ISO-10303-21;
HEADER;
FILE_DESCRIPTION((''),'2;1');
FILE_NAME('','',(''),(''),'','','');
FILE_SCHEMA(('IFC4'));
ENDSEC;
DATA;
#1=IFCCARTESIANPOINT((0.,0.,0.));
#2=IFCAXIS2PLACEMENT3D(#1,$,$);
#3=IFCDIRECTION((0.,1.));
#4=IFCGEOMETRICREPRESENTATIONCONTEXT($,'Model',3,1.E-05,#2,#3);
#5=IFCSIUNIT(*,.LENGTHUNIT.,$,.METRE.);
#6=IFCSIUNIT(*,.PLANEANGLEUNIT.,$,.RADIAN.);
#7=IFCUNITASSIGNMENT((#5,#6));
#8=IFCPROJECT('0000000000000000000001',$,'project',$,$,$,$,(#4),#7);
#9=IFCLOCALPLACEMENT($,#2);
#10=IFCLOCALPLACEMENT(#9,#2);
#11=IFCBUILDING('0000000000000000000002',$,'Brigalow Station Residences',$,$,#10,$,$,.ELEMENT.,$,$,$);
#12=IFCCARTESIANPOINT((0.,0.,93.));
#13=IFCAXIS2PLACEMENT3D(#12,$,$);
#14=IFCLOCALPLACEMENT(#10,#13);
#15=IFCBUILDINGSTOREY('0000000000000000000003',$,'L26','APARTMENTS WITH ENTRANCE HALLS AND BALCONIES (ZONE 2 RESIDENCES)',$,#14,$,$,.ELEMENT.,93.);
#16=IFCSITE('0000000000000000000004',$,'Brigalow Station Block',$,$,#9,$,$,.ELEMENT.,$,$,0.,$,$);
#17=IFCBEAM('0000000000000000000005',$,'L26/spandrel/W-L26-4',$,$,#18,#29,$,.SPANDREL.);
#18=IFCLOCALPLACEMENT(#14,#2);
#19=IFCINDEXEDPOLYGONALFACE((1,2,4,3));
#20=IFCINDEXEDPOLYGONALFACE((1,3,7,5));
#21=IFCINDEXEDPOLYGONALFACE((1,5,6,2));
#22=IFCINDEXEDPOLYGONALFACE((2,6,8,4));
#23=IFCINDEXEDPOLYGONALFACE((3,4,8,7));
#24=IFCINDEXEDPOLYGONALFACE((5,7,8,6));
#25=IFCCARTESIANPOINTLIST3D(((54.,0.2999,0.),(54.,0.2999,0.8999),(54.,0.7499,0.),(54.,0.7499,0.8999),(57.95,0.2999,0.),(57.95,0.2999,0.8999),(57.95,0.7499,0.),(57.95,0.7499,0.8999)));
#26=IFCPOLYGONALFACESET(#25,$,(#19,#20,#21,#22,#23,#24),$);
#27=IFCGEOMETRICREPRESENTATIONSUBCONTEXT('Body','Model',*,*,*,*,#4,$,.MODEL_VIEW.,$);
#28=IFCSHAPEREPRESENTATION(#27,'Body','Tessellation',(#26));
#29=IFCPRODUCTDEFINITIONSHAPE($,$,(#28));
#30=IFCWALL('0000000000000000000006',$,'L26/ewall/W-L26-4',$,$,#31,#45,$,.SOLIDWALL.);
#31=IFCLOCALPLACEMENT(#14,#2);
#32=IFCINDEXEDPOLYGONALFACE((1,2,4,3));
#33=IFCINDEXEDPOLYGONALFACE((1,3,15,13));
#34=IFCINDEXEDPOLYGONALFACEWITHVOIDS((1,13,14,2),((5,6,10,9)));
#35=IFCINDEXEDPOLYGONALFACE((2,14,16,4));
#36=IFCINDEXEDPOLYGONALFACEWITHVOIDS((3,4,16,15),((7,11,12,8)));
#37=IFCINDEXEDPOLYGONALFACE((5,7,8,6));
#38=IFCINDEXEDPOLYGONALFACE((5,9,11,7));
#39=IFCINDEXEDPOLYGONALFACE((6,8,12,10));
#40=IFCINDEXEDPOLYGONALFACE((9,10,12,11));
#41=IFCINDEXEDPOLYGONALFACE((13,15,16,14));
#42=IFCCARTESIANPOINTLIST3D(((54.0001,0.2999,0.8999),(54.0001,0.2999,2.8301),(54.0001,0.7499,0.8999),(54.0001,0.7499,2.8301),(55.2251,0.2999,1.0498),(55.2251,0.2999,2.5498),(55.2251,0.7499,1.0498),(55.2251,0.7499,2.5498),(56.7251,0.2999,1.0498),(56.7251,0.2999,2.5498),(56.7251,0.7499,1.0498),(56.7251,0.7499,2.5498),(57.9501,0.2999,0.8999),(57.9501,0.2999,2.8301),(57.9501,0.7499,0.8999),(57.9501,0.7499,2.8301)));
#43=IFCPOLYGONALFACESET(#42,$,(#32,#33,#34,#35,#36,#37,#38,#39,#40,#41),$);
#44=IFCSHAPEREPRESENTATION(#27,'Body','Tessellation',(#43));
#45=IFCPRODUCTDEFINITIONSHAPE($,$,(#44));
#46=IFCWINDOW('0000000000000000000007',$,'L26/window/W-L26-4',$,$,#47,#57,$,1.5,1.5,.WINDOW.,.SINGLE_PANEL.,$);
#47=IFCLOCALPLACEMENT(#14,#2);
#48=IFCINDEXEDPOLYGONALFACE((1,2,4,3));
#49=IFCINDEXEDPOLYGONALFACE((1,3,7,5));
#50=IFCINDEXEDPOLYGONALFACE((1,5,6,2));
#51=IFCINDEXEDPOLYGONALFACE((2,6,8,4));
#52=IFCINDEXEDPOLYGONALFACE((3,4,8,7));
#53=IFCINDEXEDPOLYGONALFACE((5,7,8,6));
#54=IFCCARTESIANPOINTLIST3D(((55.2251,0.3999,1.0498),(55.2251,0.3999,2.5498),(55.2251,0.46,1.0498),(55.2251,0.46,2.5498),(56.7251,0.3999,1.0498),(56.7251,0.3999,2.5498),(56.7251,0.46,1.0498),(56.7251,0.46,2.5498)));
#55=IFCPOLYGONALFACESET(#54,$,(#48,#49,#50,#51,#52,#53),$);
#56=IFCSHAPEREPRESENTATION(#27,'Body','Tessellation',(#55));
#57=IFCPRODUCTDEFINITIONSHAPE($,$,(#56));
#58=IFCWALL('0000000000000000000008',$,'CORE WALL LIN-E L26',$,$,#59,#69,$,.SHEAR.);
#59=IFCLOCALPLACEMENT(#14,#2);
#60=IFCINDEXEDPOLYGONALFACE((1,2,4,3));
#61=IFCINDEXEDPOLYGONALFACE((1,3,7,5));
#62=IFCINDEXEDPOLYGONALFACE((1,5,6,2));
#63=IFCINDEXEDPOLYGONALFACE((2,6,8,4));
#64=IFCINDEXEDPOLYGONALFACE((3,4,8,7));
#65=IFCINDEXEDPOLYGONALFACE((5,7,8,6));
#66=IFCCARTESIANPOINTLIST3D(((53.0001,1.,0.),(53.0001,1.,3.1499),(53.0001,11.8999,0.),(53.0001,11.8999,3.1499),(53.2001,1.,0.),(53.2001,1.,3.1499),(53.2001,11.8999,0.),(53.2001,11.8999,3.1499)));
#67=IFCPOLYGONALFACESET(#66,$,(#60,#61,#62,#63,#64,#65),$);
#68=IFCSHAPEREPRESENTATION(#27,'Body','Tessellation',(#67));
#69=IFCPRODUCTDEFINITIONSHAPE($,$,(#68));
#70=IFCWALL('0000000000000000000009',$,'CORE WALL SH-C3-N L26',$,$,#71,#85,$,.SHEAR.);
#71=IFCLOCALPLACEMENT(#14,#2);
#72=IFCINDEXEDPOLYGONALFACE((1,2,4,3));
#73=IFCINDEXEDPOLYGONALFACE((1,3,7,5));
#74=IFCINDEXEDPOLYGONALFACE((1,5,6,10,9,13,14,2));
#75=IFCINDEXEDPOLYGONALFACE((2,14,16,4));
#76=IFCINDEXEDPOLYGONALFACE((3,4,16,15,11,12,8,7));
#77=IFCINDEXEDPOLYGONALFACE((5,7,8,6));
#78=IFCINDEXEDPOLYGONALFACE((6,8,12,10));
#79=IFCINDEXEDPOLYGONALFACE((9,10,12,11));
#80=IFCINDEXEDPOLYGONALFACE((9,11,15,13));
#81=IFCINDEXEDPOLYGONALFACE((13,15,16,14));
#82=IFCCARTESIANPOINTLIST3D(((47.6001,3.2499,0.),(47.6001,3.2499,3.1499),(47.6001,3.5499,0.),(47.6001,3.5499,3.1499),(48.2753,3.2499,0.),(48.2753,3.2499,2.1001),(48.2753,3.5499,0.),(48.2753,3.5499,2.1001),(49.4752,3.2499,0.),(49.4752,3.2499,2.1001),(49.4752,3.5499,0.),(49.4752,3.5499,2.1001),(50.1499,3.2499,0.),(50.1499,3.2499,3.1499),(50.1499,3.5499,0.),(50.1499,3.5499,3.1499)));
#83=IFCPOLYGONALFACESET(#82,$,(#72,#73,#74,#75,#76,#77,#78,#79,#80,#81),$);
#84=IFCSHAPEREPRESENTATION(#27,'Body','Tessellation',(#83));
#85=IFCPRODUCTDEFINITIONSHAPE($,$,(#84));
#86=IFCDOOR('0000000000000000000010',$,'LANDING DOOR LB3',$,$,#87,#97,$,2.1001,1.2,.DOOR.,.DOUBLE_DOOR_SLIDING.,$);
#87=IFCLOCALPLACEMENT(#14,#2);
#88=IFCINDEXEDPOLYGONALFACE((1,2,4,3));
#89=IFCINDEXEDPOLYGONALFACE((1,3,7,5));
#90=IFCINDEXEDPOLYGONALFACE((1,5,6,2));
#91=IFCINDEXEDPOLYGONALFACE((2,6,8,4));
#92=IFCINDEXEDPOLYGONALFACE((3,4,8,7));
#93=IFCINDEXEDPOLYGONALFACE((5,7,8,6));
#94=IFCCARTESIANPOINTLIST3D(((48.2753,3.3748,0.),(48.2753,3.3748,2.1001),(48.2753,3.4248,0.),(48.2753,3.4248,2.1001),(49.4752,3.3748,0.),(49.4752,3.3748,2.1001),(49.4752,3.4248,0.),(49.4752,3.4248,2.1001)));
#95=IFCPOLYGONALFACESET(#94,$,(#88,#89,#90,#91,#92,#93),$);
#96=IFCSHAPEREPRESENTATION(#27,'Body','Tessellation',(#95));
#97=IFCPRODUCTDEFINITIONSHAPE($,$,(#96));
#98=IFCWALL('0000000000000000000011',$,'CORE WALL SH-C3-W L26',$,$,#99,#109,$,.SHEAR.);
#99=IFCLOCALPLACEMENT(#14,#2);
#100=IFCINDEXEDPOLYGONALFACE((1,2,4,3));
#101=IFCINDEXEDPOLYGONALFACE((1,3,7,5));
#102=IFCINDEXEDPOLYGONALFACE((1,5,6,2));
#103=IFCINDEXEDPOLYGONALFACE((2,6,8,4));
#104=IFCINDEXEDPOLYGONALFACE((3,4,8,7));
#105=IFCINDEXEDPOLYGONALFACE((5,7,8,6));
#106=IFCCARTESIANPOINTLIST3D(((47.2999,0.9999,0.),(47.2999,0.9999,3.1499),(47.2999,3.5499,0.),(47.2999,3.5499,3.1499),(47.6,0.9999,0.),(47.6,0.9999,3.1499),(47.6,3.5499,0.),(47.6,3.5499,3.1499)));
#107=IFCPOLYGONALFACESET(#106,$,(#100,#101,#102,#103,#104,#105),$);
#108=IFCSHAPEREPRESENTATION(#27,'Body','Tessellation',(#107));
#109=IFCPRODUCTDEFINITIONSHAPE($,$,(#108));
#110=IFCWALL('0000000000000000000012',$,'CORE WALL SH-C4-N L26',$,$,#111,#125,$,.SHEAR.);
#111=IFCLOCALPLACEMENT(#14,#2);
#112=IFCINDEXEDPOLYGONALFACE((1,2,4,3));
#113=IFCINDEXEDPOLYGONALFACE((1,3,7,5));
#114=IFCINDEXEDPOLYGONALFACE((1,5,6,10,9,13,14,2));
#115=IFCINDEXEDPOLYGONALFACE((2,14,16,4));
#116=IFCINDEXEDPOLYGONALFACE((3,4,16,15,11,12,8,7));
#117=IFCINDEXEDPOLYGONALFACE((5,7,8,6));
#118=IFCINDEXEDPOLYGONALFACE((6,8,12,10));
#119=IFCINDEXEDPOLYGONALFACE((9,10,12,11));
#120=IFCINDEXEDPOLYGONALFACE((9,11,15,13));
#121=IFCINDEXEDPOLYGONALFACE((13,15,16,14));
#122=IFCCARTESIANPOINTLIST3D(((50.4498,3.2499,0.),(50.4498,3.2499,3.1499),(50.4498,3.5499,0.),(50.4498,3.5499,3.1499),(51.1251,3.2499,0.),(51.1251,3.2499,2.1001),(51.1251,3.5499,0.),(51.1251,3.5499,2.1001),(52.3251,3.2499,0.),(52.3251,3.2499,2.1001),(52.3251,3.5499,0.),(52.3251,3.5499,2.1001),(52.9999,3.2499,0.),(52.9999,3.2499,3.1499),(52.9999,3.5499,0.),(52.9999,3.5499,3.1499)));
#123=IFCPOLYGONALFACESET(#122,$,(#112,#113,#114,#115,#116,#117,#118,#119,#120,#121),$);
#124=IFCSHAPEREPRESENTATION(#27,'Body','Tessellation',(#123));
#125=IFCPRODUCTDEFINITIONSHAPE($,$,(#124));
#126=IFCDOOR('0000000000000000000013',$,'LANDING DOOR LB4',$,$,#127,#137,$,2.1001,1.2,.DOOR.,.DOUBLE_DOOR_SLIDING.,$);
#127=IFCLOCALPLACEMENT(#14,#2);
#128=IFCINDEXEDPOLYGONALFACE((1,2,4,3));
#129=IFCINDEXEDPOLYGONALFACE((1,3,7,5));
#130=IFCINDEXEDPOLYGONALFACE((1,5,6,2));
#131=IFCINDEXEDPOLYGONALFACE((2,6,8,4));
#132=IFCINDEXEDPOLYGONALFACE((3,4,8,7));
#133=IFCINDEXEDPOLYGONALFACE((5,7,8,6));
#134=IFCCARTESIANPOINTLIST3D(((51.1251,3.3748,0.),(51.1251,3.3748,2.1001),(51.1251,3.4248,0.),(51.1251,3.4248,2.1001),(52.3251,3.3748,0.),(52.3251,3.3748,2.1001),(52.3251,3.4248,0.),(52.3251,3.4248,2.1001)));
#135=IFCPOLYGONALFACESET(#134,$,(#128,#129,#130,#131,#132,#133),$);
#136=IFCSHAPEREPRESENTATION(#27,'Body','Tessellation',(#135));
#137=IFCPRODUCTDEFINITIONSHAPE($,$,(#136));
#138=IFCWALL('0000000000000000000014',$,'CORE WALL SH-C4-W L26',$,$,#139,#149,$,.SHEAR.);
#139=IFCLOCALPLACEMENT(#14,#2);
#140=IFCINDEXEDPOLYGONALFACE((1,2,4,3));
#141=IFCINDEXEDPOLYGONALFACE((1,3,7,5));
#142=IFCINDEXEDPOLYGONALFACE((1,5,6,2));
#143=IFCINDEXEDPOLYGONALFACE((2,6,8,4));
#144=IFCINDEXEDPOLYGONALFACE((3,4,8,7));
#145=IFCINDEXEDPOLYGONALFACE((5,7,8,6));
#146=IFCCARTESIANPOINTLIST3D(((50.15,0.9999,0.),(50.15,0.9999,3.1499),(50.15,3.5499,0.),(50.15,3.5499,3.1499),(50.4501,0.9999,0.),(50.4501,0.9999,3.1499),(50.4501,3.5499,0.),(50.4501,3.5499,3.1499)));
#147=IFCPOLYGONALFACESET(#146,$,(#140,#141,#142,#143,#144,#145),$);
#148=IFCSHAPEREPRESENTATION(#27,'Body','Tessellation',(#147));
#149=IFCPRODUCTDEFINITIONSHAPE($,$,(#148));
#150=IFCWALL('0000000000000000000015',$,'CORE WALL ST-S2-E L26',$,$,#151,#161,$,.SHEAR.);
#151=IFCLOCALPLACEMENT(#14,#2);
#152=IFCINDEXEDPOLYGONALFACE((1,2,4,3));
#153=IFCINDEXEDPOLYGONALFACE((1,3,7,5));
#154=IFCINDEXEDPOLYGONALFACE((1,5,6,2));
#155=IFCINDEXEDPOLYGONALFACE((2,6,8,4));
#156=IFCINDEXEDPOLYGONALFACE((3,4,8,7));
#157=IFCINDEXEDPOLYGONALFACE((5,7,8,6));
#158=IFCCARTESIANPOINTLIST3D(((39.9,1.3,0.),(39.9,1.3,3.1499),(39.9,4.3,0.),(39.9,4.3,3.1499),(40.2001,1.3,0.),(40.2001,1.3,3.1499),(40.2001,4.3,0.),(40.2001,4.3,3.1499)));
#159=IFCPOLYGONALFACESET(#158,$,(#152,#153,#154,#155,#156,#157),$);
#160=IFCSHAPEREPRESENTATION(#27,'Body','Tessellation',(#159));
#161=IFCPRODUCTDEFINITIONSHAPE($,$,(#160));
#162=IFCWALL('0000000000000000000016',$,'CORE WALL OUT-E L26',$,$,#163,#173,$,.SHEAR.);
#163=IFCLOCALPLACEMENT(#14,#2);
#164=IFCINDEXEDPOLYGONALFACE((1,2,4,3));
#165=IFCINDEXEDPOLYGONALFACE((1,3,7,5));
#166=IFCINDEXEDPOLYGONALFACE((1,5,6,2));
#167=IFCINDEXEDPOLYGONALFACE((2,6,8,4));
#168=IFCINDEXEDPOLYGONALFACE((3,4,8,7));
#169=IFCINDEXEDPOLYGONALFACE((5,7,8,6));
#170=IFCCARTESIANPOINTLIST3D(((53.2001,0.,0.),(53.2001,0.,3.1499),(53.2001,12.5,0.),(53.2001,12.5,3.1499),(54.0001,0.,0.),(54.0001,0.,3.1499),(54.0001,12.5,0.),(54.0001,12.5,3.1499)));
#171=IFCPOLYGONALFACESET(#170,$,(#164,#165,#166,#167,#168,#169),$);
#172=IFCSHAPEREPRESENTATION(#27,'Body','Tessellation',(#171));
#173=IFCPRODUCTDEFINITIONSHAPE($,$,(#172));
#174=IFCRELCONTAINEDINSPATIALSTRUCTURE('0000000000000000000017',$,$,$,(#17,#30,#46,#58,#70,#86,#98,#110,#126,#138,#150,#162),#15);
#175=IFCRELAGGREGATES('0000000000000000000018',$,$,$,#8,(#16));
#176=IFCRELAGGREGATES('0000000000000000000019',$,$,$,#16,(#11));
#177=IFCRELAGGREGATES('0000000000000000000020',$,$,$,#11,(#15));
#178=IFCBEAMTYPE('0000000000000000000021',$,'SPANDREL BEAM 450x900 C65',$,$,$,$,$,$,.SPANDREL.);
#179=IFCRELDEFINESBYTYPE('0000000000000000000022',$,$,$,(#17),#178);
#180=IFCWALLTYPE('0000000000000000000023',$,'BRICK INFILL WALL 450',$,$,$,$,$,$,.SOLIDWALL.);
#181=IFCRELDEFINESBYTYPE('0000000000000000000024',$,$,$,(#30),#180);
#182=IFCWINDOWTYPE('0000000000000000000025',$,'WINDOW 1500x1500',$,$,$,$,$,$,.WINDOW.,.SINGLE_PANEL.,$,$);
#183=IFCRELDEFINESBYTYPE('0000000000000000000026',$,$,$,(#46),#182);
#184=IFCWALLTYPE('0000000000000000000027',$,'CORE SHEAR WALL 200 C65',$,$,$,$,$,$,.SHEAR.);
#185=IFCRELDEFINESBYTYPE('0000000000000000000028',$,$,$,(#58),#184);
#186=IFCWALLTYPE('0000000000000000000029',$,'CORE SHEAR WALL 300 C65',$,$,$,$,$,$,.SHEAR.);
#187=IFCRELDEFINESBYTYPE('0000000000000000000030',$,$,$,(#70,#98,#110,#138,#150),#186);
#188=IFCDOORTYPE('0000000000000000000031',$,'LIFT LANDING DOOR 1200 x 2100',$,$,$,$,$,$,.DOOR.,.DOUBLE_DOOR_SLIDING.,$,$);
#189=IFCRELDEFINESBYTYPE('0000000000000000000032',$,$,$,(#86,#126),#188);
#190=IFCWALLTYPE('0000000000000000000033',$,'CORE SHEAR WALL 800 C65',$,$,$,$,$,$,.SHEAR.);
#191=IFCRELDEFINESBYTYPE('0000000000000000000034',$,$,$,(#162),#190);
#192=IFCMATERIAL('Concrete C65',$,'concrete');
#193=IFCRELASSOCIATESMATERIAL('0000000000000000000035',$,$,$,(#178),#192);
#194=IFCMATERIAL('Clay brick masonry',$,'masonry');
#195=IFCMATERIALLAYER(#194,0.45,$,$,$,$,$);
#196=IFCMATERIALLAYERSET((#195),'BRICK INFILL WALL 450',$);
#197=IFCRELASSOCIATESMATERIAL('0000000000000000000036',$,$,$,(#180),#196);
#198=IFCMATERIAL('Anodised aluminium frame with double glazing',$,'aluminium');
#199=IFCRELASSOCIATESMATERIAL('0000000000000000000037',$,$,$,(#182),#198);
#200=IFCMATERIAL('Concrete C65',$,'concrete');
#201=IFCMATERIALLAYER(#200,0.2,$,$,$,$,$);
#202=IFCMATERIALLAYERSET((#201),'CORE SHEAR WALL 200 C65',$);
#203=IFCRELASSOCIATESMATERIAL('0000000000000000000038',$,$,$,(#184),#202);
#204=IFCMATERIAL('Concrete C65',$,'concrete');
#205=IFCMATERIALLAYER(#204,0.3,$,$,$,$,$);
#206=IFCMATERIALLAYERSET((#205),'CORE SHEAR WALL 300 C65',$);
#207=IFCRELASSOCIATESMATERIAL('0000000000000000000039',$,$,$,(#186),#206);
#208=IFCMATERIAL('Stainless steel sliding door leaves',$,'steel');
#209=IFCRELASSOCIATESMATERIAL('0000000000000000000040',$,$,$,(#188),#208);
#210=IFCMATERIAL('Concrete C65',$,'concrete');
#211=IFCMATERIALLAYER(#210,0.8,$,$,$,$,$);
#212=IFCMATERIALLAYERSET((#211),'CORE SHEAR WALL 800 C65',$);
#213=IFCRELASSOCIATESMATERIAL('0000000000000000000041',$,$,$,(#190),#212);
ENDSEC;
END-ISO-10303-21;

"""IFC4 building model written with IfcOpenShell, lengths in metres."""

from ifc_helpers import new_model, si_unit, direction, frame, frame_2d, origin, origin_2d, place, context, subcontext, project, spatial, rectangle, extrude, material, layer, layer_set, material_profile, profile_set, type_object, element, fill, save


model = new_model("IFC4")

# Units and contexts
model_context = context("Model", 3, precision=1e-05, world=origin(), true_north=direction((0.0, 1.0)))
body_context = subcontext(model_context, "Body", "Model", "MODEL_VIEW")
ifc_project = project(units=[si_unit("LENGTHUNIT", "METRE"), si_unit("PLANEANGLEUNIT", "RADIAN")], contexts=[model_context])

# Site, building, storey
site_placement = place(None, origin())
site = spatial("IfcSite", under=ifc_project, at=site_placement, Name="Brigalow Station Block", CompositionType="ELEMENT", RefElevation=0.0)
building_placement = place(site_placement, origin())
building = spatial("IfcBuilding", under=site, at=building_placement, Name="Brigalow Station Residences", CompositionType="ELEMENT")
storey_placement = place(building_placement, frame((0.0, 0.0, 93.0)))
storey = spatial("IfcBuildingStorey", under=building, at=storey_placement, Name="L26", Description="APARTMENTS WITH ENTRANCE HALLS AND BALCONIES (ZONE 2 RESIDENCES)", CompositionType="ELEMENT", Elevation=93.0)

# Beam
ifc_material_1 = material(Name="Concrete C65", Category="concrete")
ifc_material_profile = material_profile(ifc_material_1, rectangle(XDim=0.45, YDim=0.8999, at=origin_2d()), Name="RC450x900")
ifc_profile_set = profile_set([ifc_material_profile], Name="Concrete C65")
beam_type = type_object("IfcBeamType", Name="SPANDREL BEAM 450x900 C65", PredefinedType="SPANDREL", material=ifc_profile_set)
beam_placement = place(storey_placement, frame((54.0, 0.5249, 0.45), z_axis=(1.0, 0.0, 0.0), x_axis=(0.0, 1.0, 0.0)))
element("IfcBeam", 1, at=beam_placement, inside=storey, type_object=beam_type, Name="L26/spandrel/W-L26-4", PredefinedType="SPANDREL", context=body_context, shape_type="SweptSolid", body=[
    extrude(rectangle(XDim=0.45, YDim=0.8999, at=origin_2d()), origin(), (0.0, 0.0, 1.0), 3.95),
])

# Wall, opening, window
ifc_material_2 = material(Name="Clay brick masonry", Category="masonry")
ifc_layer_1 = layer(ifc_material_2, 0.45)
ifc_layer_set_1 = layer_set([ifc_layer_1], Name="BRICK INFILL WALL 450")
wall_type_1 = type_object("IfcWallType", Name="BRICK INFILL WALL 450", PredefinedType="SOLIDWALL", material=ifc_layer_set_1)
wall_1_placement = place(storey_placement, frame((54.0, 0.5249, 0.8999), z_axis=(0.0, 0.0, 1.0), x_axis=(1.0, 0.0, 0.0)))
wall_1 = element("IfcWall", 2, at=wall_1_placement, inside=storey, type_object=wall_type_1, Name="L26/ewall/W-L26-4", PredefinedType="SOLIDWALL", context=body_context, shape_type="SweptSolid", body=[
    extrude(rectangle(XDim=3.95, YDim=0.45, at=frame_2d((1.9751, 0.0))), origin(), (0.0, 0.0, 1.0), 1.9302),
])
opening_1_placement = place(wall_1_placement, frame((1.2251, 0.0, 0.1499)))
opening_1 = element("IfcOpeningElement", 3, at=opening_1_placement, cuts=wall_1, PredefinedType="OPENING", context=body_context, shape_type="SweptSolid", body=[
    extrude(rectangle(XDim=1.5, YDim=1.5, at=frame_2d((0.75, 0.75))), frame((0.0, 0.2349, 0.0), z_axis=(0.0, -1.0, 0.0), x_axis=(1.0, 0.0, 0.0)), (0.0, 0.0, 1.0), 0.47),
])
ifc_material_3 = material(Name="Anodised aluminium frame with double glazing", Category="aluminium")
window_type = type_object("IfcWindowType", Name="WINDOW 1500x1500", PartitioningType="SINGLE_PANEL", PredefinedType="WINDOW", material=ifc_material_3)
window_placement = place(opening_1_placement, origin())
window = element("IfcWindow", 4, at=window_placement, inside=storey, type_object=window_type, Name="L26/window/W-L26-4", OverallHeight=1.5, OverallWidth=1.5, PartitioningType="SINGLE_PANEL", PredefinedType="WINDOW", context=body_context, shape_type="SweptSolid", body=[
    extrude(rectangle(XDim=1.5, YDim=1.5, at=frame_2d((0.75, 0.75))), frame((0.0, -0.0649, 0.0), z_axis=(0.0, -1.0, 0.0), x_axis=(1.0, 0.0, 0.0)), (0.0, 0.0, 1.0), 0.0601),
])
fill(opening_1, window)

# Wall
ifc_material_4 = material(Name="Concrete C65", Category="concrete")
ifc_layer_2 = layer(ifc_material_4, 0.2)
ifc_layer_set_2 = layer_set([ifc_layer_2], Name="CORE SHEAR WALL 200 C65")
wall_type_2 = type_object("IfcWallType", Name="CORE SHEAR WALL 200 C65", PredefinedType="SHEAR", material=ifc_layer_set_2)
wall_2_placement = place(storey_placement, frame((53.1001, 1.0, 0.0), z_axis=(0.0, 0.0, 1.0), x_axis=(0.0, 1.0, 0.0)))
element("IfcWall", 5, at=wall_2_placement, inside=storey, type_object=wall_type_2, Name="CORE WALL LIN-E L26", PredefinedType="SHEAR", context=body_context, shape_type="SweptSolid", body=[
    extrude(rectangle(XDim=10.8999, YDim=0.2, at=frame_2d((5.45, 0.0))), origin(), (0.0, 0.0, 1.0), 3.1499),
])

# Wall, opening, door
ifc_material_5 = material(Name="Concrete C65", Category="concrete")
ifc_layer_3 = layer(ifc_material_5, 0.3)
ifc_layer_set_3 = layer_set([ifc_layer_3], Name="CORE SHEAR WALL 300 C65")
wall_type_3 = type_object("IfcWallType", Name="CORE SHEAR WALL 300 C65", PredefinedType="SHEAR", material=ifc_layer_set_3)
wall_3_placement = place(storey_placement, frame((47.6001, 3.3999, 0.0), z_axis=(0.0, 0.0, 1.0), x_axis=(1.0, 0.0, 0.0)))
wall_3 = element("IfcWall", 6, at=wall_3_placement, inside=storey, type_object=wall_type_3, Name="CORE WALL SH-C3-N L26", PredefinedType="SHEAR", context=body_context, shape_type="SweptSolid", body=[
    extrude(rectangle(XDim=2.5498, YDim=0.3, at=frame_2d((1.2749, 0.0))), origin(), (0.0, 0.0, 1.0), 3.1499),
])
opening_2_placement = place(wall_3_placement, frame((0.675, 0.0, 0.0)))
opening_2 = element("IfcOpeningElement", 7, at=opening_2_placement, cuts=wall_3, PredefinedType="OPENING", context=body_context, shape_type="SweptSolid", body=[
    extrude(rectangle(XDim=1.2, YDim=2.1001, at=frame_2d((0.6001, 1.05))), frame((0.0, 0.1602, 0.0), z_axis=(0.0, -1.0, 0.0), x_axis=(1.0, 0.0, 0.0)), (0.0, 0.0, 1.0), 0.3201),
])
ifc_material_6 = material(Name="Stainless steel sliding door leaves", Category="steel")
door_type_1 = type_object("IfcDoorType", Name="LIFT LANDING DOOR 1200 x 2100", OperationType="DOUBLE_DOOR_SLIDING", PredefinedType="DOOR", material=ifc_material_6)
door_1_placement = place(opening_2_placement, origin())
door_1 = element("IfcDoor", 8, at=door_1_placement, inside=storey, type_object=door_type_1, Name="LANDING DOOR LB3", OperationType="DOUBLE_DOOR_SLIDING", OverallHeight=2.1001, OverallWidth=1.2, PredefinedType="DOOR", context=body_context, shape_type="SweptSolid", body=[
    extrude(rectangle(XDim=1.2, YDim=2.1001, at=frame_2d((0.6001, 1.05))), frame((0.0, 0.0249, 0.0), z_axis=(0.0, -1.0, 0.0), x_axis=(1.0, 0.0, 0.0)), (0.0, 0.0, 1.0), 0.05),
])
fill(opening_2, door_1)

# Wall
wall_4_placement = place(storey_placement, frame((47.45, 1.0, 0.0), z_axis=(0.0, 0.0, 1.0), x_axis=(0.0, 1.0, 0.0)))
element("IfcWall", 9, at=wall_4_placement, inside=storey, type_object=wall_type_3, Name="CORE WALL SH-C3-W L26", PredefinedType="SHEAR", context=body_context, shape_type="SweptSolid", body=[
    extrude(rectangle(XDim=2.55, YDim=0.3, at=frame_2d((1.2749, 0.0))), origin(), (0.0, 0.0, 1.0), 3.1499),
])

# Wall, opening, door
wall_5_placement = place(storey_placement, frame((50.45, 3.3999, 0.0), z_axis=(0.0, 0.0, 1.0), x_axis=(1.0, 0.0, 0.0)))
wall_5 = element("IfcWall", 10, at=wall_5_placement, inside=storey, type_object=wall_type_3, Name="CORE WALL SH-C4-N L26", PredefinedType="SHEAR", context=body_context, shape_type="SweptSolid", body=[
    extrude(rectangle(XDim=2.55, YDim=0.3, at=frame_2d((1.2749, 0.0))), origin(), (0.0, 0.0, 1.0), 3.1499),
])
opening_3_placement = place(wall_5_placement, frame((0.675, 0.0, 0.0)))
opening_3 = element("IfcOpeningElement", 11, at=opening_3_placement, cuts=wall_5, PredefinedType="OPENING", context=body_context, shape_type="SweptSolid", body=[
    extrude(rectangle(XDim=1.2, YDim=2.1001, at=frame_2d((0.6001, 1.05))), frame((0.0, 0.1602, 0.0), z_axis=(0.0, -1.0, 0.0), x_axis=(1.0, 0.0, 0.0)), (0.0, 0.0, 1.0), 0.3201),
])
door_2_placement = place(opening_3_placement, origin())
door_2 = element("IfcDoor", 12, at=door_2_placement, inside=storey, type_object=door_type_1, Name="LANDING DOOR LB4", OperationType="DOUBLE_DOOR_SLIDING", OverallHeight=2.1001, OverallWidth=1.2, PredefinedType="DOOR", context=body_context, shape_type="SweptSolid", body=[
    extrude(rectangle(XDim=1.2, YDim=2.1001, at=frame_2d((0.6001, 1.05))), frame((0.0, 0.0249, 0.0), z_axis=(0.0, -1.0, 0.0), x_axis=(1.0, 0.0, 0.0)), (0.0, 0.0, 1.0), 0.05),
])
fill(opening_3, door_2)

# Walls
wall_6_placement = place(storey_placement, frame((50.3, 1.0, 0.0), z_axis=(0.0, 0.0, 1.0), x_axis=(0.0, 1.0, 0.0)))
element("IfcWall", 13, at=wall_6_placement, inside=storey, type_object=wall_type_3, Name="CORE WALL SH-C4-W L26", PredefinedType="SHEAR", context=body_context, shape_type="SweptSolid", body=[
    extrude(rectangle(XDim=2.55, YDim=0.3, at=frame_2d((1.2749, 0.0))), origin(), (0.0, 0.0, 1.0), 3.1499),
])
wall_7_placement = place(storey_placement, frame((40.05, 1.3, 0.0), z_axis=(0.0, 0.0, 1.0), x_axis=(0.0, 1.0, 0.0)))
element("IfcWall", 14, at=wall_7_placement, inside=storey, type_object=wall_type_3, Name="CORE WALL ST-S2-E L26", PredefinedType="SHEAR", context=body_context, shape_type="SweptSolid", body=[
    extrude(rectangle(XDim=3.0, YDim=0.3, at=frame_2d((1.5, 0.0))), origin(), (0.0, 0.0, 1.0), 3.1499),
])
ifc_material_7 = material(Name="Concrete C65", Category="concrete")
ifc_layer_4 = layer(ifc_material_7, 0.8)
ifc_layer_set_4 = layer_set([ifc_layer_4], Name="CORE SHEAR WALL 800 C65")
wall_type_4 = type_object("IfcWallType", Name="CORE SHEAR WALL 800 C65", PredefinedType="SHEAR", material=ifc_layer_set_4)
wall_8_placement = place(storey_placement, frame((53.6001, 0.0, 0.0), z_axis=(0.0, 0.0, 1.0), x_axis=(0.0, 1.0, 0.0)))
element("IfcWall", 15, at=wall_8_placement, inside=storey, type_object=wall_type_4, Name="CORE WALL OUT-E L26", PredefinedType="SHEAR", context=body_context, shape_type="SweptSolid", body=[
    extrude(rectangle(XDim=12.5, YDim=0.8, at=frame_2d((6.25, 0.0))), origin(), (0.0, 0.0, 1.0), 3.1499),
])

save(model, "model.ifc")
